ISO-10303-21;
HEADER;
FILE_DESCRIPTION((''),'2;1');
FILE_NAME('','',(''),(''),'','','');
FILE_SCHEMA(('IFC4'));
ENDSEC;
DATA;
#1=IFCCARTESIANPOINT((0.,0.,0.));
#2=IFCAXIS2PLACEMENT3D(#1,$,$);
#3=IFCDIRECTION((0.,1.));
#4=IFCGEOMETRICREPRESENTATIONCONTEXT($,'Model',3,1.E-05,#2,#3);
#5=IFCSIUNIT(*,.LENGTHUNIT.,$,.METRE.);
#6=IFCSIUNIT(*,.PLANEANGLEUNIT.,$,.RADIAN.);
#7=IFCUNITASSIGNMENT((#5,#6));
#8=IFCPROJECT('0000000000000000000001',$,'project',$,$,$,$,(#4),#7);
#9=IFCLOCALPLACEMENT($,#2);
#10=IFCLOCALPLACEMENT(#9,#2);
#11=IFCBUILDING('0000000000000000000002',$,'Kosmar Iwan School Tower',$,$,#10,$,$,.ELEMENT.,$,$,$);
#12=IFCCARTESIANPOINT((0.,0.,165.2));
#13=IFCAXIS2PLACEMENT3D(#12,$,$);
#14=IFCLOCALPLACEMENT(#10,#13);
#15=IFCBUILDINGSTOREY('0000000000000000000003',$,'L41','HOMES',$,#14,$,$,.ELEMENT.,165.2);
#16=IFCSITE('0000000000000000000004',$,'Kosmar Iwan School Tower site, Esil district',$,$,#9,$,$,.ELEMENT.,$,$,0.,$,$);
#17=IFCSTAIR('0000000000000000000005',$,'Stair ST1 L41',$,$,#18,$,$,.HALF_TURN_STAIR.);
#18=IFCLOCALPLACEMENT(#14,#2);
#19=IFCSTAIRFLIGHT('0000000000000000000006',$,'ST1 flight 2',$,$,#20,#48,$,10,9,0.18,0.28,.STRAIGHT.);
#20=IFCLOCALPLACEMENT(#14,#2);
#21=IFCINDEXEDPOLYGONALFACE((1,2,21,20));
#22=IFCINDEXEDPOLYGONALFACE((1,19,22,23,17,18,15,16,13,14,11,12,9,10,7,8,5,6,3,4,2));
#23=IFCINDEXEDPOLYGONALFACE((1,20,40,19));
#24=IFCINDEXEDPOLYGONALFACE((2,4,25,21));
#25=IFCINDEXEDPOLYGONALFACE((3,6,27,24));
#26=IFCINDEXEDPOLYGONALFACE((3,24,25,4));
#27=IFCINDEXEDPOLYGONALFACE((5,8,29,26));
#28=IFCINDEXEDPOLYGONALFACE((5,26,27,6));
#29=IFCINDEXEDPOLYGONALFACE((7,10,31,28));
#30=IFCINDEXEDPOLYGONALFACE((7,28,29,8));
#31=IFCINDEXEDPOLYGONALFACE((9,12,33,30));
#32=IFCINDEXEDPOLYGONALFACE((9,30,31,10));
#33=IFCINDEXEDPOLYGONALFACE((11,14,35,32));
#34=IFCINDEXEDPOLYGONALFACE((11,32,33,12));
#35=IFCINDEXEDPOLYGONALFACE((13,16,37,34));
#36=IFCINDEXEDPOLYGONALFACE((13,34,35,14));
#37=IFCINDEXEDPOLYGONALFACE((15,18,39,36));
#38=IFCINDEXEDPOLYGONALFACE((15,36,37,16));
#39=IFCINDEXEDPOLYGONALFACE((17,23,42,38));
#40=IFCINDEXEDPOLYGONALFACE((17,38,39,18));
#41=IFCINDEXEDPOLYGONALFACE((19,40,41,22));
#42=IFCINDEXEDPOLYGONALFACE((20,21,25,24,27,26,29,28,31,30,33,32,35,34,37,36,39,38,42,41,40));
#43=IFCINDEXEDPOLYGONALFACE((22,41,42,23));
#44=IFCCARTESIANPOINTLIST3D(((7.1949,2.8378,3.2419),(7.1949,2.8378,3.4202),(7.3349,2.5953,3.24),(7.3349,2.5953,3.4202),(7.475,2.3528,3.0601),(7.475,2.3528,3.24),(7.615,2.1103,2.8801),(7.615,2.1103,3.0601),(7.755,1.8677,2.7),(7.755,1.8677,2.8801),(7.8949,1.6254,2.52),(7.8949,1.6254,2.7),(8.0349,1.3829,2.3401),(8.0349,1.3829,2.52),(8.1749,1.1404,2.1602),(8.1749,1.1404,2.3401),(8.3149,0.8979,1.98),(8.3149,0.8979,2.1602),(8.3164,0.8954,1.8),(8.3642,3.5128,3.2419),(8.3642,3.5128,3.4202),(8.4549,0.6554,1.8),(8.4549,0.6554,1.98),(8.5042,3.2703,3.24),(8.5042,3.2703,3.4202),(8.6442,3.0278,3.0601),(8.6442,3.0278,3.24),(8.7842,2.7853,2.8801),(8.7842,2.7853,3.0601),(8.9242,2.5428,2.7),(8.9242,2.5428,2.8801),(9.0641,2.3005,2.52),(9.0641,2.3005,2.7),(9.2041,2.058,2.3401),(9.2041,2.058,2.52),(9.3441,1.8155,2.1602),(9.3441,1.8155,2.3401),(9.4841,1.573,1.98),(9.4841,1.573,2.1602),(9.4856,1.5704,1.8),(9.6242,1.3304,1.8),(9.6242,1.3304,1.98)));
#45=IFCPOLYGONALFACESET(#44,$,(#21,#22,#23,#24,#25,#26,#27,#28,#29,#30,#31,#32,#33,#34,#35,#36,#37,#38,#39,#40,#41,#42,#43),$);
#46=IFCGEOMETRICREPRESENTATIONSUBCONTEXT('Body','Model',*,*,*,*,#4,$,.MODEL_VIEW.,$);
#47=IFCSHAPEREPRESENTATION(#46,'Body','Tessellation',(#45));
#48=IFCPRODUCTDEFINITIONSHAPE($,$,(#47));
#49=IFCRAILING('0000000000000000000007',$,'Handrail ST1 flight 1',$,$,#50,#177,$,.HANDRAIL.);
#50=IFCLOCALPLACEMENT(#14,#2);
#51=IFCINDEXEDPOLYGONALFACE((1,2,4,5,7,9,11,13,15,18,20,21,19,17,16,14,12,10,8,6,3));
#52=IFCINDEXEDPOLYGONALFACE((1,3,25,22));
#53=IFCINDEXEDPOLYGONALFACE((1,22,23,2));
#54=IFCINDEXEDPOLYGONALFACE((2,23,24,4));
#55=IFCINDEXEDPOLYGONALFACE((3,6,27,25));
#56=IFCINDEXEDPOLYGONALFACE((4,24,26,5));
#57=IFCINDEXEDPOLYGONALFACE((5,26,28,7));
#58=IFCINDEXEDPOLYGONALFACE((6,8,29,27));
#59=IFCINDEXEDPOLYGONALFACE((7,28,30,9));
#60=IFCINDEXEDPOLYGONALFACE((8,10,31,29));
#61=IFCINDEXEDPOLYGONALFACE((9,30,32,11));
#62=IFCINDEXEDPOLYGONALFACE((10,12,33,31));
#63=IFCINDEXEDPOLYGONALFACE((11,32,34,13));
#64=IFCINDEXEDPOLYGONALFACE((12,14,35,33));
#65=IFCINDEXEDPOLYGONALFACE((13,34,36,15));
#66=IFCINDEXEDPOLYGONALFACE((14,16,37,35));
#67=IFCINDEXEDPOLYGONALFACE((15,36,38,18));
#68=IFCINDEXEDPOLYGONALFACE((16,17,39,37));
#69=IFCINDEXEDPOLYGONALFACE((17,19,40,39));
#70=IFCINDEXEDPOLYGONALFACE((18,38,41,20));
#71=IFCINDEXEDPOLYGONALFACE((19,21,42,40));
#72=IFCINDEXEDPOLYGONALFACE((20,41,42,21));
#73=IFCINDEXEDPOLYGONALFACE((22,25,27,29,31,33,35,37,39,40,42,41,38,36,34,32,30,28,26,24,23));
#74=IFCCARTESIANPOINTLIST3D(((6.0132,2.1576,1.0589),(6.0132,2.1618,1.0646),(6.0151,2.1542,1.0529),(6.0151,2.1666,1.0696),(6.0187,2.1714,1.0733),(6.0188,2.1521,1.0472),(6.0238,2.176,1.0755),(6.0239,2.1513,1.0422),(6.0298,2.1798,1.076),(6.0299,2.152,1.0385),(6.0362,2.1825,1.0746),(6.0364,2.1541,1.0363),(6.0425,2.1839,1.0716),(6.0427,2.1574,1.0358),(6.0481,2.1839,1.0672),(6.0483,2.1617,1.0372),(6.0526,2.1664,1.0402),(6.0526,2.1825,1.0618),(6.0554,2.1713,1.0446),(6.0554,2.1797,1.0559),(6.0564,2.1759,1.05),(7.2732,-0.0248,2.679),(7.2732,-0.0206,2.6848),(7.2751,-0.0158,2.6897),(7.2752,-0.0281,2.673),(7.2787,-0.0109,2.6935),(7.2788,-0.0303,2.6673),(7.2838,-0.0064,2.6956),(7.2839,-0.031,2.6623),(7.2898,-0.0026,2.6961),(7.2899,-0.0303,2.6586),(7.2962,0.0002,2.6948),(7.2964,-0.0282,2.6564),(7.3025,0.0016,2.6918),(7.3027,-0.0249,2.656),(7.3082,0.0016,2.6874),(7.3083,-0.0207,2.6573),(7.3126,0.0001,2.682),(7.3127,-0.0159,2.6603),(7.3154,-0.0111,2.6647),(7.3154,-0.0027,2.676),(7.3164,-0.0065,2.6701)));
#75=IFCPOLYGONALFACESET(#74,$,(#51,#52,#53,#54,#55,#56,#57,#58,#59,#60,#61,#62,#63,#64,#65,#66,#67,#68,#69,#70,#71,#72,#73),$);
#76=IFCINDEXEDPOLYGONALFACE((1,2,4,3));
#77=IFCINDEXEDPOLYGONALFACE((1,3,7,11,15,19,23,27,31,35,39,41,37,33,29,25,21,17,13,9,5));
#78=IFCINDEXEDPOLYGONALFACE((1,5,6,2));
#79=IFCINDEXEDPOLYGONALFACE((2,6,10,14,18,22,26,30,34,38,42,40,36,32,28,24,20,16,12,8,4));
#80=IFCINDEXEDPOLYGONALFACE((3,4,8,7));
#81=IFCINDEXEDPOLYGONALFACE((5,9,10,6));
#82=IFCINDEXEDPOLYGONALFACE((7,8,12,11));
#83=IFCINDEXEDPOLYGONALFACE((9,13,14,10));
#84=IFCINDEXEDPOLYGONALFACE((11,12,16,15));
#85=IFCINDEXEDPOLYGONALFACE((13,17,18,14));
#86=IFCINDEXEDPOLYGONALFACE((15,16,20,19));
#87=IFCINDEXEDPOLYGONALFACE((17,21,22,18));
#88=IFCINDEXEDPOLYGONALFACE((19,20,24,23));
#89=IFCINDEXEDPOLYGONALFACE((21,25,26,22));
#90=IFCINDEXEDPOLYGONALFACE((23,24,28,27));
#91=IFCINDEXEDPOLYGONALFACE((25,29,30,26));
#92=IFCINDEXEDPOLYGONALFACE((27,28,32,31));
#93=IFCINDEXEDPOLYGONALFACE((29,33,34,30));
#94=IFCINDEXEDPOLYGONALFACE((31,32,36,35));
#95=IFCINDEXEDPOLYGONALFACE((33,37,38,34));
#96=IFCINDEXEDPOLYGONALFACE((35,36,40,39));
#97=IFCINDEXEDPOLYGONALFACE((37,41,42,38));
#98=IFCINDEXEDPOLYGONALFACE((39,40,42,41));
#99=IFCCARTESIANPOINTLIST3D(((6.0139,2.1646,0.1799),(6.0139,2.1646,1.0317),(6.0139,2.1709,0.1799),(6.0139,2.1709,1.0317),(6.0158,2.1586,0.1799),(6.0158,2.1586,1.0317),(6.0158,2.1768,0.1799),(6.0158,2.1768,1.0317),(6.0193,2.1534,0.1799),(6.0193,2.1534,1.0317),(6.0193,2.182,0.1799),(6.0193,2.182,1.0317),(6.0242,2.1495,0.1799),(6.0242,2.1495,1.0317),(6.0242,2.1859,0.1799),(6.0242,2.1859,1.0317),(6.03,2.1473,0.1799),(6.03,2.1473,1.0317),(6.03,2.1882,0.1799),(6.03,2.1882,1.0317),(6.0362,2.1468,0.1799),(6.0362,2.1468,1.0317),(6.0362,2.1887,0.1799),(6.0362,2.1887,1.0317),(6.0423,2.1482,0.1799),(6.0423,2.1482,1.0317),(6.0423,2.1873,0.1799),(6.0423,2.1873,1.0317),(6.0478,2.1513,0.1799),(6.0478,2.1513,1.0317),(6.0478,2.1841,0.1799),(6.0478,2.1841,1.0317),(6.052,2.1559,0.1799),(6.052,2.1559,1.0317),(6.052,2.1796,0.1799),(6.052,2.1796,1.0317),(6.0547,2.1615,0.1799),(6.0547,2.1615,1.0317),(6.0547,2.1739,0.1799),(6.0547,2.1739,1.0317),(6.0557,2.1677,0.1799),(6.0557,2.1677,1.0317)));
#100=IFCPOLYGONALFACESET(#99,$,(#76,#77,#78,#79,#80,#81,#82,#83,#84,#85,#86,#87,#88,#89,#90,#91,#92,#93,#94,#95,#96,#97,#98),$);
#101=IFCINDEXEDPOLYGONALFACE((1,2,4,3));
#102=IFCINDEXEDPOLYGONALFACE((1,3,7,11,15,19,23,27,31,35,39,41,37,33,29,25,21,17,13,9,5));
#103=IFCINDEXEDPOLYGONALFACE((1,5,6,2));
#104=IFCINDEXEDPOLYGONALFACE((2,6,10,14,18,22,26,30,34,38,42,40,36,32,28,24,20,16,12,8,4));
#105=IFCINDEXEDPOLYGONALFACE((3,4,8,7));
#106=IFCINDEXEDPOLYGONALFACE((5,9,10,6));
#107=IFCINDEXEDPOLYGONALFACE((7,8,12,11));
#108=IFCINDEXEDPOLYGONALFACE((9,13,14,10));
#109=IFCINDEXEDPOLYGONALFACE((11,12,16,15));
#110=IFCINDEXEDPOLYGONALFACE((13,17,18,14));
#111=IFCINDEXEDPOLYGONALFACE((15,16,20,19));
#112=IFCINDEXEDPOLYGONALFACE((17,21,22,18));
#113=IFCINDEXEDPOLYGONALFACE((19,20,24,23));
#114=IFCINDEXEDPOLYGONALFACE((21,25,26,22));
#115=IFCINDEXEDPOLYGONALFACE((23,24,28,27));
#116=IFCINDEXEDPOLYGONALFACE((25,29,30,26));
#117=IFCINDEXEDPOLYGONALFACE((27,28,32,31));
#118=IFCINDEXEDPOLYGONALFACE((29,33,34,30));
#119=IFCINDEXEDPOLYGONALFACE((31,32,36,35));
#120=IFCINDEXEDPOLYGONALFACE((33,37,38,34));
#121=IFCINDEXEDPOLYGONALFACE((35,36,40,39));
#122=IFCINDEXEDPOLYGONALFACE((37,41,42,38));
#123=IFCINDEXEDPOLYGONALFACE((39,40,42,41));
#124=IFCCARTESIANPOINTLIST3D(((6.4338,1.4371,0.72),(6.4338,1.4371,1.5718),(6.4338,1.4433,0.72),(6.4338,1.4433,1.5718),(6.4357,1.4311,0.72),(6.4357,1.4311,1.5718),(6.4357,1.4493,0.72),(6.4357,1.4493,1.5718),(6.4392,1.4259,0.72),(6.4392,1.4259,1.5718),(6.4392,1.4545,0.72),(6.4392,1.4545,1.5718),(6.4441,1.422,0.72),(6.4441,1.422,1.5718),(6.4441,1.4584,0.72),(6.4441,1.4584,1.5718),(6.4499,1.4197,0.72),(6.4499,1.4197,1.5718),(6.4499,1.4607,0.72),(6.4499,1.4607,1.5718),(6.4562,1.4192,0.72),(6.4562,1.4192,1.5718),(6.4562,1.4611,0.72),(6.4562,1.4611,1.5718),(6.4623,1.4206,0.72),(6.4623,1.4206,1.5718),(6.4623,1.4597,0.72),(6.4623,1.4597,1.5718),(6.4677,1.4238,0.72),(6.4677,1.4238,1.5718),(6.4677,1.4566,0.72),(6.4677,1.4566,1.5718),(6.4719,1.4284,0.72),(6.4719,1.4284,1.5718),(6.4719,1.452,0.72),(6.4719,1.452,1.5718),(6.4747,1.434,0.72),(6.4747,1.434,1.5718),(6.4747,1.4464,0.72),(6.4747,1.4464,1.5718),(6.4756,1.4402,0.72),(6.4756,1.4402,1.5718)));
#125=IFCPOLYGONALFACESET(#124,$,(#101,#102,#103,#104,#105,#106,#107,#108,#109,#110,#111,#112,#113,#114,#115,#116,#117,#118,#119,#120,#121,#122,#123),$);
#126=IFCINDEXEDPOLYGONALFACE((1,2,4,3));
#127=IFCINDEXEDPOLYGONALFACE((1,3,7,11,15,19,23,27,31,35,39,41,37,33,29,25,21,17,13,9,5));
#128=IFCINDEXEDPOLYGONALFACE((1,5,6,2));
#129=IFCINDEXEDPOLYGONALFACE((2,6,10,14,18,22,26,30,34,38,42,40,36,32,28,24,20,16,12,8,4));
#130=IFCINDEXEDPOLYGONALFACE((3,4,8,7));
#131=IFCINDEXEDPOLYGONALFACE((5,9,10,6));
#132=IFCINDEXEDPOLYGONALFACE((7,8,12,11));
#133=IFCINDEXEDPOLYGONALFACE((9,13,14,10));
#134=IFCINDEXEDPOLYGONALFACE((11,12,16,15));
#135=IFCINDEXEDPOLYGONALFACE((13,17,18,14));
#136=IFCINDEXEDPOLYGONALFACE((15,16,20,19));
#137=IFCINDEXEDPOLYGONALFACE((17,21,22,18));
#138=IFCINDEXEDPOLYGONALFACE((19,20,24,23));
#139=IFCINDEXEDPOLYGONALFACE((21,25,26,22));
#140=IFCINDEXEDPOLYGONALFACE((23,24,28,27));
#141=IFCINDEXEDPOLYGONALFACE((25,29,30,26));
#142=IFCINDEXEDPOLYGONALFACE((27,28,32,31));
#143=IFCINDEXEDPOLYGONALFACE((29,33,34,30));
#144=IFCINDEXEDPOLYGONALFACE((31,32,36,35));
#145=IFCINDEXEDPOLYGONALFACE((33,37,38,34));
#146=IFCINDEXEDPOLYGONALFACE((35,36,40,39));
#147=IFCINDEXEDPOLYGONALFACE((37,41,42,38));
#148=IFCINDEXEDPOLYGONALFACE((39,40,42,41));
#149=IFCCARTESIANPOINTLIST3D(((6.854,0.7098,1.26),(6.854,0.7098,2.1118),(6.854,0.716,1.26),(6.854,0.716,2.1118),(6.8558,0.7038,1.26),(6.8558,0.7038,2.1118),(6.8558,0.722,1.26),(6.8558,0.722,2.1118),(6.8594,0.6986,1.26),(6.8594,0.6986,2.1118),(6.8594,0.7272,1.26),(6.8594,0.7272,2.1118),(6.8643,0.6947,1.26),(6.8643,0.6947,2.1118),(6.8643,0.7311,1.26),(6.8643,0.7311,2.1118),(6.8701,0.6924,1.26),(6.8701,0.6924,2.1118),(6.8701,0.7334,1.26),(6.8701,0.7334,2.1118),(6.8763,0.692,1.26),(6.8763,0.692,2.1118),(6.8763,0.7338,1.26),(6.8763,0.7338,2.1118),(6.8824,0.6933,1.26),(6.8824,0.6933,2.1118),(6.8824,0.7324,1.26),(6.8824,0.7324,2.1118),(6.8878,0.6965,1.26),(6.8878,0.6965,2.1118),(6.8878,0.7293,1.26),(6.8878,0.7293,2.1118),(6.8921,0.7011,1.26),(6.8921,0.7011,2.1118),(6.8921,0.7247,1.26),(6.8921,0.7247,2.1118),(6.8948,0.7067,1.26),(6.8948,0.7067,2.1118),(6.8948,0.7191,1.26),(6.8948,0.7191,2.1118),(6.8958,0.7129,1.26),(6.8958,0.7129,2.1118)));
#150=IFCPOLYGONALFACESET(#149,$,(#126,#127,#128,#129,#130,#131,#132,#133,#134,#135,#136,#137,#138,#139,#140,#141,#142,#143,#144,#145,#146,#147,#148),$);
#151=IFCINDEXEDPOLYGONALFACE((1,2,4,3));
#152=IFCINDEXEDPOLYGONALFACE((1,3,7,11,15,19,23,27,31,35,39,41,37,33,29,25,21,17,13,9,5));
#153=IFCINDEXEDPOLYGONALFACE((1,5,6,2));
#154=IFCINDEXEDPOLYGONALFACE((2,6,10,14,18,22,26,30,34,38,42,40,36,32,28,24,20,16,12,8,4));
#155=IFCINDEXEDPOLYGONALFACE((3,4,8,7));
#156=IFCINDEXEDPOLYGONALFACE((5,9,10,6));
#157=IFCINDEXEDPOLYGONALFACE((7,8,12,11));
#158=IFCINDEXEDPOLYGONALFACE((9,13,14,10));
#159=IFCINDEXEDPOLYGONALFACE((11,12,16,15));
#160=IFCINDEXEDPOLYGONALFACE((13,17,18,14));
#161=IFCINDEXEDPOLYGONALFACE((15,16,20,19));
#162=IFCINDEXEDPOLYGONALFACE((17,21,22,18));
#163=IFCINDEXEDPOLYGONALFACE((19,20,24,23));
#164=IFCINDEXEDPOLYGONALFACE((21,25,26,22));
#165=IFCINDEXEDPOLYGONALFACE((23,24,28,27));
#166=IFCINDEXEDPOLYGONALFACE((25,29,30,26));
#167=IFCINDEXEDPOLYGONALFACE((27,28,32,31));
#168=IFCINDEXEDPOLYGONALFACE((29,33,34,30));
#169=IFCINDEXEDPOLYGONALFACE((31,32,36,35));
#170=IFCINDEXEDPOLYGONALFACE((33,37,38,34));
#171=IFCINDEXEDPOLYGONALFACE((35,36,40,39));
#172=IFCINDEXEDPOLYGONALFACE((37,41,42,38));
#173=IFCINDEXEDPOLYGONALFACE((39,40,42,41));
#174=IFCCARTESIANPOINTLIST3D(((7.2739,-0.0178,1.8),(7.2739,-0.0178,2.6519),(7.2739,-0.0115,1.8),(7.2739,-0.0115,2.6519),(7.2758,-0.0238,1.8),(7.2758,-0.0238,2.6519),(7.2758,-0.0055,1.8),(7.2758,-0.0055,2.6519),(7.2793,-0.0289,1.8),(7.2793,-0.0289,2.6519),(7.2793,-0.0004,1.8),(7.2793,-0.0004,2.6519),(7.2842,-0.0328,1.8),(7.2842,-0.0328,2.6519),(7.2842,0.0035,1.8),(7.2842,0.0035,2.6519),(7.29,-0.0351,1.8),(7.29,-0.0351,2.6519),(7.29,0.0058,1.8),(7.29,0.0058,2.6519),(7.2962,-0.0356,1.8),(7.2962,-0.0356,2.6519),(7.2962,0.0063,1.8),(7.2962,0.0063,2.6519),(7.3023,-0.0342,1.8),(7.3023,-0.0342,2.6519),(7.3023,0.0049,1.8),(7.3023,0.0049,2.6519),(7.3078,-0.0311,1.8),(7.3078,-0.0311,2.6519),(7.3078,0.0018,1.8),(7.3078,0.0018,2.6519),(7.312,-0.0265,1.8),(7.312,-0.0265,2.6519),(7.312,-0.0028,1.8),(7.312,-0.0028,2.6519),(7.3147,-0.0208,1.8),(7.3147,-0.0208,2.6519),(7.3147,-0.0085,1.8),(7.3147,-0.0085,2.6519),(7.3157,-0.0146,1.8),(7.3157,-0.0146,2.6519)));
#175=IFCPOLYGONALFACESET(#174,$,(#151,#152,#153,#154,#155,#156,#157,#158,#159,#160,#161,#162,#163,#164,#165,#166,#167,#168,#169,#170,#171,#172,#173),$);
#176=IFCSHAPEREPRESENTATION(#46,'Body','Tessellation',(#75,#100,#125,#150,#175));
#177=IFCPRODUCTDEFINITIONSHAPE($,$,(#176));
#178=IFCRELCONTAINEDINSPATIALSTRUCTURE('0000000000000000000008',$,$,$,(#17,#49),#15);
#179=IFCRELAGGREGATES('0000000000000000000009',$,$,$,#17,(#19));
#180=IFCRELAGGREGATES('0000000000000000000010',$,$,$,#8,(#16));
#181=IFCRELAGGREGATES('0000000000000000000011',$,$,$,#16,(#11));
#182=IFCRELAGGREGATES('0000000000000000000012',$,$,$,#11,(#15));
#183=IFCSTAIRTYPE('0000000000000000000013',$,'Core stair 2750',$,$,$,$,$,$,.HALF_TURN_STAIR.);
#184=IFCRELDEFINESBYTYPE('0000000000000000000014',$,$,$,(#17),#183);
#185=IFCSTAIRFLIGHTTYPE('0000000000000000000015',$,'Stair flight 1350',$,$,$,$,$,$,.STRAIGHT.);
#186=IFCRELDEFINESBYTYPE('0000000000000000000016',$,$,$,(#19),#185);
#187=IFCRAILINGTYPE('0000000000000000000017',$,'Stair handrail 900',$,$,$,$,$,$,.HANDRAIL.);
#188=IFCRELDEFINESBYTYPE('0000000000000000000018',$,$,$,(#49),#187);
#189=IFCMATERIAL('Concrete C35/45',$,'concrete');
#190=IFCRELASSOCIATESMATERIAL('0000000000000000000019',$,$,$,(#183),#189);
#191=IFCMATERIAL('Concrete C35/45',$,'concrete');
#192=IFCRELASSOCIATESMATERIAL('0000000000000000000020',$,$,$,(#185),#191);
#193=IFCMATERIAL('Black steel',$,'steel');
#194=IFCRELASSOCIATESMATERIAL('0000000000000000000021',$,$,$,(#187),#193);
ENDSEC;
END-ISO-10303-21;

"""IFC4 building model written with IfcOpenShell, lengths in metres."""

from ifc_helpers import new_model, si_unit, direction, frame, origin, origin_2d, place, context, subcontext, project, spatial, polyline, circle, outline, extrude, material, type_object, element, aggregate, save


model = new_model("IFC4")

# Units and contexts
model_context = context("Model", 3, precision=1e-05, world=origin(), true_north=direction((0.0, 1.0)))
body_context = subcontext(model_context, "Body", "Model", "MODEL_VIEW")
ifc_project = project(units=[si_unit("LENGTHUNIT", "METRE"), si_unit("PLANEANGLEUNIT", "RADIAN")], contexts=[model_context])

# Site, building, storey
site_placement = place(None, origin())
site = spatial("IfcSite", under=ifc_project, at=site_placement, Name="Kosmar Iwan School Tower site, Esil district", CompositionType="ELEMENT", RefElevation=0.0)
building_placement = place(site_placement, origin())
building = spatial("IfcBuilding", under=site, at=building_placement, Name="Kosmar Iwan School Tower", CompositionType="ELEMENT")
storey_placement = place(building_placement, frame((0.0, 0.0, 165.2)))
storey = spatial("IfcBuildingStorey", under=building, at=storey_placement, Name="L41", Description="HOMES", CompositionType="ELEMENT", Elevation=165.2)

# Stair
ifc_material_1 = material(Name="Concrete C35/45", Category="concrete")
stair_type_1 = type_object("IfcStairType", Name="Core stair 2750", PredefinedType="HALF_TURN_STAIR", material=ifc_material_1)
stair_1_placement = place(storey_placement, origin())
stair_1 = element("IfcStair", 1, at=stair_1_placement, inside=storey, type_object=stair_type_1, Name="Stair ST1 L41", PredefinedType="HALF_TURN_STAIR")

# Stair flight
ifc_material_2 = material(Name="Concrete C35/45", Category="concrete")
stair_flight_type = type_object("IfcStairFlightType", Name="Stair flight 1350", PredefinedType="STRAIGHT", material=ifc_material_2)
stair_flight_1_placement = place(storey_placement, frame((9.0396, 0.9929, 1.8), z_axis=(0.0, 0.0, 1.0), x_axis=(-0.5, 0.866025, 0.0)))
stair_flight_1 = element("IfcStairFlight", 2, at=stair_flight_1_placement, type_object=stair_flight_type, Name="ST1 flight 2", NumberOfRisers=10, NumberOfTreads=9, PredefinedType="STRAIGHT", RiserHeight=0.18, TreadLength=0.28, context=body_context, shape_type="SweptSolid", body=[
    extrude(outline(polyline([(0.0, 0.0), (0.0, 0.1799), (0.28, 0.1799), (0.28, 0.3601), (0.5601, 0.3601), (0.5601, 0.54), (0.8401, 0.54), (0.8401, 0.72), (1.1201, 0.72), (1.1201, 0.8999), (1.3999, 0.8999), (1.3999, 1.0801), (1.6799, 1.0801), (1.6799, 1.26), (1.96, 1.26), (1.96, 1.4399), (2.24, 1.4399), (2.24, 1.6201), (2.52, 1.6201), (2.52, 1.8), (2.52, 1.4419), (0.2771, 0.0), (0.0, 0.0)])), frame((0.0, 0.675, 0.0), z_axis=(0.0, -1.0, 0.0), x_axis=(1.0, 0.0, 0.0)), (0.0, 0.0, 1.0), 1.3501),
])
aggregate(stair_1, [stair_flight_1])

# Railing
ifc_material_3 = material(Name="Black steel", Category="steel")
railing_type = type_object("IfcRailingType", Name="Stair handrail 900", PredefinedType="HANDRAIL", material=ifc_material_3)
railing_placement = place(storey_placement, frame((6.0347, 2.1677, 0.1799)))
element("IfcRailing", 3, at=railing_placement, inside=storey, type_object=railing_type, Name="Handrail ST1 flight 1", PredefinedType="HANDRAIL", context=body_context, shape_type="SweptSolid", body=[
    extrude(circle(Radius=0.0239, at=origin_2d()), frame((0.0, 0.0, 0.876), z_axis=(0.420584, -0.728464, 0.540786), x_axis=(0.866023, 0.500005, 0.0)), (0.0, 0.0, 1.0), 2.9958),
    extrude(circle(Radius=0.021, at=origin_2d()), origin(), (0.0, 0.0, 1.0), 0.8518),
    extrude(circle(Radius=0.021, at=origin_2d()), frame((0.4199, -0.7275, 0.54)), (0.0, 0.0, 1.0), 0.8518),
    extrude(circle(Radius=0.021, at=origin_2d()), frame((0.8401, -1.4548, 1.0801)), (0.0, 0.0, 1.0), 0.8518),
    extrude(circle(Radius=0.021, at=origin_2d()), frame((1.26, -2.1824, 1.6201)), (0.0, 0.0, 1.0), 0.8518),
])

save(model, "model.ifc")
